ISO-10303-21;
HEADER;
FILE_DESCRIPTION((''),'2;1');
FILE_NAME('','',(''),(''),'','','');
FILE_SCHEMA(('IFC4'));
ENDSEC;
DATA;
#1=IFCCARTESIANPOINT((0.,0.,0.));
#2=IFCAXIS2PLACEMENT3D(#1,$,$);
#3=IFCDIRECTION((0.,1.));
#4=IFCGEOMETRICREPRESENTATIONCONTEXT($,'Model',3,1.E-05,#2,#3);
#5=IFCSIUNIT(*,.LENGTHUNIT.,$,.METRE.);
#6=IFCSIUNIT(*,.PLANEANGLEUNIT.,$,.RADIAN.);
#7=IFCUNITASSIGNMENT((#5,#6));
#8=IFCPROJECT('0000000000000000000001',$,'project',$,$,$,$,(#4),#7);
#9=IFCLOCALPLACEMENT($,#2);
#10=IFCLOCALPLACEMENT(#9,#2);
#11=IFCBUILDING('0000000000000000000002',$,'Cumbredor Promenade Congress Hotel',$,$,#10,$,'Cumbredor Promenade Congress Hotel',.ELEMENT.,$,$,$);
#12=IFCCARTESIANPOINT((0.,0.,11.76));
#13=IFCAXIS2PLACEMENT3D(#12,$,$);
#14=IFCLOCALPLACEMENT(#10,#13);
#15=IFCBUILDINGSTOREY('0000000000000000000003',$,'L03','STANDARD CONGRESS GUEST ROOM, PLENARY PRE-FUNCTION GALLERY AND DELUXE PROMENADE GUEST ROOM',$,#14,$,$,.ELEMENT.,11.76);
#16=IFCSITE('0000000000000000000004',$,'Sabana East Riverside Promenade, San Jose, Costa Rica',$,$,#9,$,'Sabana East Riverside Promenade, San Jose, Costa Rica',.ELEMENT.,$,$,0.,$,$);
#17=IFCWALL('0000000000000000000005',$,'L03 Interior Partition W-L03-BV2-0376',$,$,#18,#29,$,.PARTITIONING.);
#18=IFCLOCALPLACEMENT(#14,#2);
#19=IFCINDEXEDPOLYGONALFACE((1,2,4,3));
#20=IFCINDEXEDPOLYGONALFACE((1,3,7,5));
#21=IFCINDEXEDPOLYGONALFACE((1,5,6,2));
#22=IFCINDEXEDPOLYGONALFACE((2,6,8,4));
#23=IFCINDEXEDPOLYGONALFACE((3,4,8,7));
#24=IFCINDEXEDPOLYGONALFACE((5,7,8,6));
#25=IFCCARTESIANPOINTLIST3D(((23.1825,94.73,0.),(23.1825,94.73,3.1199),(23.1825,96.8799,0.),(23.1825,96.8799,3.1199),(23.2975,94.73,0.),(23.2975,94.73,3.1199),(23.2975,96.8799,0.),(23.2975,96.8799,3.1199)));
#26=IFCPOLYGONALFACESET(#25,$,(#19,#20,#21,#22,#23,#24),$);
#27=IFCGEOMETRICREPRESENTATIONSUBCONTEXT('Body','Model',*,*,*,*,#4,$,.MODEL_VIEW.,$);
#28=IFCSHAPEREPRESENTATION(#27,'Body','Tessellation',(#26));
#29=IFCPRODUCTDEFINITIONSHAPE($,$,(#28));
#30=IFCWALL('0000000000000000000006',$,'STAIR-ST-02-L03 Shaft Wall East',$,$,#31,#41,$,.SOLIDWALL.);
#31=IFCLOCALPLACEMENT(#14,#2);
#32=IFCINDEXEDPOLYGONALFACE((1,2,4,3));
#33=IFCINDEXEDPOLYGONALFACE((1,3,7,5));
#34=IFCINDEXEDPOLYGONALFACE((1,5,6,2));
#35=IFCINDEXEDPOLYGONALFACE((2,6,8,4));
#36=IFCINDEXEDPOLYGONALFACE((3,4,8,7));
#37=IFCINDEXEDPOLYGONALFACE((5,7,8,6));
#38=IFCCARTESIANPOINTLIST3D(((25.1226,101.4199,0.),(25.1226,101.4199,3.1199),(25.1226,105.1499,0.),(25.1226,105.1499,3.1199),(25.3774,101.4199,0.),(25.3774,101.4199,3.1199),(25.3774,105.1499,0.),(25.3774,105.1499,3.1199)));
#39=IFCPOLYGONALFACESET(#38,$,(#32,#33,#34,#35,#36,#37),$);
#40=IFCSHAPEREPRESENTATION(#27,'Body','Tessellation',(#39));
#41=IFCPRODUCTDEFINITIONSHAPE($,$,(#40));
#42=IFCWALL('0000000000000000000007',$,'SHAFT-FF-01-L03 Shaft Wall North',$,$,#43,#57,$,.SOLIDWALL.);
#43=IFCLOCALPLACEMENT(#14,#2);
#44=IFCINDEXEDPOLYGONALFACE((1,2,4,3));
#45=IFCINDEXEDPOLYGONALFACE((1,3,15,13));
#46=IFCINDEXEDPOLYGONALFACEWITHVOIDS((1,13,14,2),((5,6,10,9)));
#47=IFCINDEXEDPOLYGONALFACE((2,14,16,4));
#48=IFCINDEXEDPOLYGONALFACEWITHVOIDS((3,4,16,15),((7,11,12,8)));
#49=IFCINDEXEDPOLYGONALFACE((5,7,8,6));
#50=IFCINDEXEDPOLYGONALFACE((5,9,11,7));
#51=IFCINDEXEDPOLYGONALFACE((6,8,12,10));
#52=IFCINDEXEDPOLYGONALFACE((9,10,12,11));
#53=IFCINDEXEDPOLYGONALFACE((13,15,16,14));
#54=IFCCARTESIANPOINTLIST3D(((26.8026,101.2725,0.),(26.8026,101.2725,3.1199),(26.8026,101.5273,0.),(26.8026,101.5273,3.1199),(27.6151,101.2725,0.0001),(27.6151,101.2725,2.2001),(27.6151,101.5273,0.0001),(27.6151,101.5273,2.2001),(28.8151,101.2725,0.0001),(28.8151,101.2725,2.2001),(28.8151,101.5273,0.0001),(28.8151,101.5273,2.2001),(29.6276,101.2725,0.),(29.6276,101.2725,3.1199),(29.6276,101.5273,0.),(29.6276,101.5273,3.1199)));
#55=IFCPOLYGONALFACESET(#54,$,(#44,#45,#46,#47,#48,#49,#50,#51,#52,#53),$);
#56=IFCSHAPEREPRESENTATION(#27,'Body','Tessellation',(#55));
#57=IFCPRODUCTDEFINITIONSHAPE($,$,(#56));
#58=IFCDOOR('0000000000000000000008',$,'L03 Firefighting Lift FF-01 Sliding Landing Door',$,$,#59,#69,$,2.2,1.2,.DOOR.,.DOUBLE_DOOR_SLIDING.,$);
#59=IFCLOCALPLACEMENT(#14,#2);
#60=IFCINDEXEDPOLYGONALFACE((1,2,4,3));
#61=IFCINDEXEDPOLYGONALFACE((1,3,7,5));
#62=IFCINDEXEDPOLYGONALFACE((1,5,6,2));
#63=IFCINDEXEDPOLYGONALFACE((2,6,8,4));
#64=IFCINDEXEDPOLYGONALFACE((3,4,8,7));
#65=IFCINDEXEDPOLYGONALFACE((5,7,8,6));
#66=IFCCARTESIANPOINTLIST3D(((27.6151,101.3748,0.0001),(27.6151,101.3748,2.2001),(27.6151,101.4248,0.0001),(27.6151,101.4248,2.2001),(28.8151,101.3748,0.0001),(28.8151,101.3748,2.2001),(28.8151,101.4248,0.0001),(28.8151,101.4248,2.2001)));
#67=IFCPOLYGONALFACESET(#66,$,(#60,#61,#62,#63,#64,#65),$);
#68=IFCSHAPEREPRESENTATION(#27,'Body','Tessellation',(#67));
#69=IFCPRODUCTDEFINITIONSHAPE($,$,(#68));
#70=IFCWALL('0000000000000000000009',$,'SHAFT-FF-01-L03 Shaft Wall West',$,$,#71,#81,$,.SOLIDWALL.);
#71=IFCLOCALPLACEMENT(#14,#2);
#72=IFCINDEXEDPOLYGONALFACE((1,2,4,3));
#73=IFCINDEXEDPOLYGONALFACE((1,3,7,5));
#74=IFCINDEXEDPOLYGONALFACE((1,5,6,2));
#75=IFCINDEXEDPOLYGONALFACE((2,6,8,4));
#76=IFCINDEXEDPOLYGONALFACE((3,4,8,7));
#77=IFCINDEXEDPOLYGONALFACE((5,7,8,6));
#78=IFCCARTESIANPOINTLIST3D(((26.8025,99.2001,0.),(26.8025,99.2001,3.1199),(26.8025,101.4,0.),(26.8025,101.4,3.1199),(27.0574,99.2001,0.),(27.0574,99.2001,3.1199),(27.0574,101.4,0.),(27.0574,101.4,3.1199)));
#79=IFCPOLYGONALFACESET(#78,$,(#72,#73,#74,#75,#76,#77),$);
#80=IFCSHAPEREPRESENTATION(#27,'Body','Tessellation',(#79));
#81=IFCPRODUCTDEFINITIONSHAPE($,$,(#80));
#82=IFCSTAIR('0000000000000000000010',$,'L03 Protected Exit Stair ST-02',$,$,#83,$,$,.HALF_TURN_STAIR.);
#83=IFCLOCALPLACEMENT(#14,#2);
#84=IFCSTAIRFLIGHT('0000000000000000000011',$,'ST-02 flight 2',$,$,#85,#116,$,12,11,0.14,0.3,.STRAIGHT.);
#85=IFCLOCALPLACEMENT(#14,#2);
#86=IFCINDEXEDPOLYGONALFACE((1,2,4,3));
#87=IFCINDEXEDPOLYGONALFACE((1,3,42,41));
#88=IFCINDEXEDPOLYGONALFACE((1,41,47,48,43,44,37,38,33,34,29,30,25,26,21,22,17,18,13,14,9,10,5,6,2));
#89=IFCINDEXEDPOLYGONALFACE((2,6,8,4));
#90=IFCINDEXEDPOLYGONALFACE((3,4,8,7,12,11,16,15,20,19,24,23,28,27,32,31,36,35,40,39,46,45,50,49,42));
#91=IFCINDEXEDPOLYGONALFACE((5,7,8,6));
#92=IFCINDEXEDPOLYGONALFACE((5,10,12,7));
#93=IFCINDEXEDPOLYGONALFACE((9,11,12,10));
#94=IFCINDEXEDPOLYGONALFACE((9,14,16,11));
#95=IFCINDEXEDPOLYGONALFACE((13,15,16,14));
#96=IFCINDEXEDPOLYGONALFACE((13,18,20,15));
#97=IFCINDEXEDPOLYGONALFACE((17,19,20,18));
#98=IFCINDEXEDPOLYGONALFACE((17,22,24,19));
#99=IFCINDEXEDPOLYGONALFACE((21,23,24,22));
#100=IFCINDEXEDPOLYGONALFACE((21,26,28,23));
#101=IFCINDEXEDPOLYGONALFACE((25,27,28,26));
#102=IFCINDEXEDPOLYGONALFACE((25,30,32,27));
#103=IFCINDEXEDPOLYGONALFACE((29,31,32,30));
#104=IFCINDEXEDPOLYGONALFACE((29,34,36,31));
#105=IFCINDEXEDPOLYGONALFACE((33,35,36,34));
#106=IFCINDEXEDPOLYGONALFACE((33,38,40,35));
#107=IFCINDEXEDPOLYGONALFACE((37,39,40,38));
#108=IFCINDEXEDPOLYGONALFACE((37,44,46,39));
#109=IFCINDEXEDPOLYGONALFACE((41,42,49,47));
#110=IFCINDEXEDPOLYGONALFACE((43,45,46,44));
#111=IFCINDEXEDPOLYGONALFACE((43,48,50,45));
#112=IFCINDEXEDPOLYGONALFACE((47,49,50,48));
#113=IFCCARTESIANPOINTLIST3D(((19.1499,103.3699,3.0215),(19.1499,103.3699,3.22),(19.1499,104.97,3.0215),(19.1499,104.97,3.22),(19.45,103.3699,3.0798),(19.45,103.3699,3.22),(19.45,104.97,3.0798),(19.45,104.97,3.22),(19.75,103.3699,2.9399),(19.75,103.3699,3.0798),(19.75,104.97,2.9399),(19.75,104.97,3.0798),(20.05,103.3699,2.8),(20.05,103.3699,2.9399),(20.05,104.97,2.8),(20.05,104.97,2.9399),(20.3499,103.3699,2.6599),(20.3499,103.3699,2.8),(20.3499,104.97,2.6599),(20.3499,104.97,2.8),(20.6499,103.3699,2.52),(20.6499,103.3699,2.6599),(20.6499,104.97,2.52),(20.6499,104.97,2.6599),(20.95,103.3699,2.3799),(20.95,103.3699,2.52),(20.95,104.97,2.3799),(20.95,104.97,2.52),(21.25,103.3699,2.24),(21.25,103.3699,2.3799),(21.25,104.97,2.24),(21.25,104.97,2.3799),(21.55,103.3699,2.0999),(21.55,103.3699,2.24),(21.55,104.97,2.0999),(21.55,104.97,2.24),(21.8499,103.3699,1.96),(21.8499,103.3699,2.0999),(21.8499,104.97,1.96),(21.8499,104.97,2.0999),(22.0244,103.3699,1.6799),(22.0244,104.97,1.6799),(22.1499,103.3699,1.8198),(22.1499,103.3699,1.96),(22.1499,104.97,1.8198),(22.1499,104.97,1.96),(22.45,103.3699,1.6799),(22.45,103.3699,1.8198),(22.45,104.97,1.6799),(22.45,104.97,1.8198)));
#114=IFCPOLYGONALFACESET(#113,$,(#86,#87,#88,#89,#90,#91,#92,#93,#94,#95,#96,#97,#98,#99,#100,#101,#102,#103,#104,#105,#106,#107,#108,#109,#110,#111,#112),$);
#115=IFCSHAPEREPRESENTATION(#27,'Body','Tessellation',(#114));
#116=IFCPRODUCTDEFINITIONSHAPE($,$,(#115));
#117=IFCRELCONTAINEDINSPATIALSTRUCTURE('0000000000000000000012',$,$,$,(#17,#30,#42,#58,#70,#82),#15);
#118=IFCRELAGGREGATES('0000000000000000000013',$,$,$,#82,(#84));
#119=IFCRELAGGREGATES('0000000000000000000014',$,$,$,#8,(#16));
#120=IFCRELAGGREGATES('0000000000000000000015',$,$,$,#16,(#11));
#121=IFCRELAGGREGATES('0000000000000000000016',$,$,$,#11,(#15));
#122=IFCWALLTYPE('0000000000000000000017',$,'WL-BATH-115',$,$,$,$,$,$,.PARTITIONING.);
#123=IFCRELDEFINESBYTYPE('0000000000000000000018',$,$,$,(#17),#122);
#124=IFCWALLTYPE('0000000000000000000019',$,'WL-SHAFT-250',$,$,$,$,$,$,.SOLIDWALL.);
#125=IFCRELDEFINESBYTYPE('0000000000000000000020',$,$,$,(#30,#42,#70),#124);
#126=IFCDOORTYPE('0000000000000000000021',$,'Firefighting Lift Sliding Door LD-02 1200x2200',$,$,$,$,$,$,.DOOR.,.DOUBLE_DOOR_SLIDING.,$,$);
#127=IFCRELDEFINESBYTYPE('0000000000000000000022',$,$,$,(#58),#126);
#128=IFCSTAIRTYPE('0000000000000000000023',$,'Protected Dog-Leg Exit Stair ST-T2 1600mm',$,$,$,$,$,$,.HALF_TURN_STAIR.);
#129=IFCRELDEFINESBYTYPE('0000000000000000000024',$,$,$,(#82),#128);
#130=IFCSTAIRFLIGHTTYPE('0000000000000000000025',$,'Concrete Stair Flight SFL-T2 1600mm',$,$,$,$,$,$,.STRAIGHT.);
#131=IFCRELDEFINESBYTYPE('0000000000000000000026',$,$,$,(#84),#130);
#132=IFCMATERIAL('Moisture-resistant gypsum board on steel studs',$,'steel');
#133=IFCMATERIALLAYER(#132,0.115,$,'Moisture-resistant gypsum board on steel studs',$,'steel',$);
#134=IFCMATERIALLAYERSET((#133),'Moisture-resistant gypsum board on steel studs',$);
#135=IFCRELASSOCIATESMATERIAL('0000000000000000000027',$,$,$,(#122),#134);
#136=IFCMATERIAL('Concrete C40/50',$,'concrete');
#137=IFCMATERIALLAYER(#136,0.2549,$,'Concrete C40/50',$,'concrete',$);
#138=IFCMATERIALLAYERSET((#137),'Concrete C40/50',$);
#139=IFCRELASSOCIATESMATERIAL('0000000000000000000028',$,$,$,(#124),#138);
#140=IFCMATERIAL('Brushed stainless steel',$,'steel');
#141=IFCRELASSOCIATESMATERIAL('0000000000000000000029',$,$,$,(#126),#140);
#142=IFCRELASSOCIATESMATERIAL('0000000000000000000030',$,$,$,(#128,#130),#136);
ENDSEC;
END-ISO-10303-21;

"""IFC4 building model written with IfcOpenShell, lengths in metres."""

from ifc_helpers import new_model, si_unit, direction, frame, frame_2d, origin, place, context, subcontext, project, spatial, polyline, rectangle, outline, extrude, material, layer, layer_set, type_object, element, fill, aggregate, save


model = new_model("IFC4")

# Units and contexts
model_context = context("Model", 3, precision=1e-05, world=origin(), true_north=direction((0.0, 1.0)))
body_context = subcontext(model_context, "Body", "Model", "MODEL_VIEW")
ifc_project = project(units=[si_unit("LENGTHUNIT", "METRE"), si_unit("PLANEANGLEUNIT", "RADIAN")], contexts=[model_context])

# Site, building, storey
site_placement = place(None, origin())
site = spatial("IfcSite", under=ifc_project, at=site_placement, Name="Sabana East Riverside Promenade, San Jose, Costa Rica", LongName="Sabana East Riverside Promenade, San Jose, Costa Rica", CompositionType="ELEMENT", RefElevation=0.0)
building_placement = place(site_placement, origin())
building = spatial("IfcBuilding", under=site, at=building_placement, Name="Cumbredor Promenade Congress Hotel", LongName="Cumbredor Promenade Congress Hotel", CompositionType="ELEMENT")
storey_placement = place(building_placement, frame((0.0, 0.0, 11.76)))
storey = spatial("IfcBuildingStorey", under=building, at=storey_placement, Name="L03", Description="STANDARD CONGRESS GUEST ROOM, PLENARY PRE-FUNCTION GALLERY AND DELUXE PROMENADE GUEST ROOM", CompositionType="ELEMENT", Elevation=11.76)

# Shared definitions
ifc_material_1 = material(Name="Concrete C40/50", Category="concrete")

# Shared definitions
ifc_material_2 = material(Name="Moisture-resistant gypsum board on steel studs", Category="steel")
ifc_layer_1 = layer(ifc_material_2, 0.115, Name="Moisture-resistant gypsum board on steel studs", Category="steel")
ifc_layer_set_1 = layer_set([ifc_layer_1], Name="Moisture-resistant gypsum board on steel studs")
wall_type_1 = type_object("IfcWallType", Name="WL-BATH-115", PredefinedType="PARTITIONING", material=ifc_layer_set_1)

# Walls
for number, where, z_axis, x_axis, name in (
    (1, (23.24, 94.73, 0.0), (0.0, 0.0, 1.0), (0.0, 1.0, 0.0), "L03 Interior Partition W-L03-BV2-0376"),
):
    element("IfcWall", number, at=place(storey_placement, frame(where, z_axis=z_axis, x_axis=x_axis)), inside=storey, type_object=wall_type_1, Name=name, PredefinedType="PARTITIONING", context=body_context, shape_type="SweptSolid", body=[
        extrude(rectangle(XDim=2.1499, YDim=0.115, at=frame_2d((1.075, 0.0))), origin(), (0.0, 0.0, 1.0), 3.1199),
    ])
ifc_layer_2 = layer(ifc_material_1, 0.2549, Name="Concrete C40/50", Category="concrete")
ifc_layer_set_2 = layer_set([ifc_layer_2], Name="Concrete C40/50")
wall_type_2 = type_object("IfcWallType", Name="WL-SHAFT-250", PredefinedType="SOLIDWALL", material=ifc_layer_set_2)
wall_1_placement = place(storey_placement, frame((25.25, 101.4199, 0.0), z_axis=(0.0, 0.0, 1.0), x_axis=(0.0, 1.0, 0.0)))
element("IfcWall", 2, at=wall_1_placement, inside=storey, type_object=wall_type_2, Name="STAIR-ST-02-L03 Shaft Wall East", PredefinedType="SOLIDWALL", context=body_context, shape_type="SweptSolid", body=[
    extrude(rectangle(XDim=3.73, YDim=0.2549, at=frame_2d((1.865, 0.0))), origin(), (0.0, 0.0, 1.0), 3.1199),
])

# Wall, opening, door
wall_2_placement = place(storey_placement, frame((26.8025, 101.3999, 0.0), z_axis=(0.0, 0.0, 1.0), x_axis=(1.0, 0.0, 0.0)))
wall_2 = element("IfcWall", 3, at=wall_2_placement, inside=storey, type_object=wall_type_2, Name="SHAFT-FF-01-L03 Shaft Wall North", PredefinedType="SOLIDWALL", context=body_context, shape_type="SweptSolid", body=[
    extrude(rectangle(XDim=2.825, YDim=0.2549, at=frame_2d((1.4126, 0.0))), origin(), (0.0, 0.0, 1.0), 3.1199),
])
opening_1_placement = place(wall_2_placement, frame((0.8125, 0.0, 0.0)))
opening_1 = element("IfcOpeningElement", 4, at=opening_1_placement, cuts=wall_2, PredefinedType="OPENING", context=body_context, shape_type="SweptSolid", body=[
    extrude(rectangle(XDim=1.2, YDim=2.2, at=frame_2d((0.6001, 1.1001))), frame((0.0, 0.1375, 0.0), z_axis=(0.0, -1.0, 0.0), x_axis=(1.0, 0.0, 0.0)), (0.0, 0.0, 1.0), 0.2749),
])
ifc_material_3 = material(Name="Brushed stainless steel", Category="steel")
door_type_1 = type_object("IfcDoorType", Name="Firefighting Lift Sliding Door LD-02 1200x2200", OperationType="DOUBLE_DOOR_SLIDING", PredefinedType="DOOR", material=ifc_material_3)
door_1_placement = place(opening_1_placement, origin())
door_1 = element("IfcDoor", 5, at=door_1_placement, inside=storey, type_object=door_type_1, Name="L03 Firefighting Lift FF-01 Sliding Landing Door", OperationType="DOUBLE_DOOR_SLIDING", OverallHeight=2.2, OverallWidth=1.2, PredefinedType="DOOR", context=body_context, shape_type="SweptSolid", body=[
    extrude(rectangle(XDim=1.2, YDim=2.2, at=frame_2d((0.6001, 1.1001))), frame((0.0, 0.0249, 0.0), z_axis=(0.0, -1.0, 0.0), x_axis=(1.0, 0.0, 0.0)), (0.0, 0.0, 1.0), 0.05),
])
fill(opening_1, door_1)

# Wall
wall_3_placement = place(storey_placement, frame((26.9299, 99.2, 0.0), z_axis=(0.0, 0.0, 1.0), x_axis=(0.0, 1.0, 0.0)))
element("IfcWall", 6, at=wall_3_placement, inside=storey, type_object=wall_type_2, Name="SHAFT-FF-01-L03 Shaft Wall West", PredefinedType="SOLIDWALL", context=body_context, shape_type="SweptSolid", body=[
    extrude(rectangle(XDim=2.2, YDim=0.2549, at=frame_2d((1.1001, 0.0))), origin(), (0.0, 0.0, 1.0), 3.1199),
])

# Stair, stair flight
stair_type = type_object("IfcStairType", Name="Protected Dog-Leg Exit Stair ST-T2 1600mm", PredefinedType="HALF_TURN_STAIR", material=ifc_material_1)
stair_placement = place(storey_placement, origin())
stair = element("IfcStair", 7, at=stair_placement, inside=storey, type_object=stair_type, Name="L03 Protected Exit Stair ST-02", PredefinedType="HALF_TURN_STAIR")
stair_flight_type = type_object("IfcStairFlightType", Name="Concrete Stair Flight SFL-T2 1600mm", PredefinedType="STRAIGHT", material=ifc_material_1)
stair_flight_placement = place(storey_placement, frame((22.45, 104.1699, 1.6799), z_axis=(0.0, 0.0, 1.0), x_axis=(-1.0, 0.0, 0.0)))
stair_flight = element("IfcStairFlight", 8, at=stair_flight_placement, type_object=stair_flight_type, Name="ST-02 flight 2", NumberOfRisers=12, NumberOfTreads=11, PredefinedType="STRAIGHT", RiserHeight=0.14, TreadLength=0.3, context=body_context, shape_type="SweptSolid", body=[
    extrude(outline(polyline([(0.0, 0.0), (0.0, 0.1399), (0.3, 0.1399), (0.3, 0.28), (0.6001, 0.28), (0.6001, 0.4199), (0.8999, 0.4199), (0.8999, 0.5601), (1.2, 0.5601), (1.2, 0.7), (1.5, 0.7), (1.5, 0.8401), (1.8, 0.8401), (1.8, 0.98), (2.1001, 0.98), (2.1001, 1.1201), (2.3999, 1.1201), (2.3999, 1.26), (2.7, 1.26), (2.7, 1.3999), (3.0, 1.3999), (3.0, 1.54), (3.3, 1.54), (3.3, 1.6799), (3.3, 1.3416), (0.4255, 0.0), (0.0, 0.0)])), frame((0.0, 0.8, 0.0), z_axis=(0.0, -1.0, 0.0), x_axis=(1.0, 0.0, 0.0)), (0.0, 0.0, 1.0), 1.6001),
])
aggregate(stair, [stair_flight])

save(model, "model.ifc")
